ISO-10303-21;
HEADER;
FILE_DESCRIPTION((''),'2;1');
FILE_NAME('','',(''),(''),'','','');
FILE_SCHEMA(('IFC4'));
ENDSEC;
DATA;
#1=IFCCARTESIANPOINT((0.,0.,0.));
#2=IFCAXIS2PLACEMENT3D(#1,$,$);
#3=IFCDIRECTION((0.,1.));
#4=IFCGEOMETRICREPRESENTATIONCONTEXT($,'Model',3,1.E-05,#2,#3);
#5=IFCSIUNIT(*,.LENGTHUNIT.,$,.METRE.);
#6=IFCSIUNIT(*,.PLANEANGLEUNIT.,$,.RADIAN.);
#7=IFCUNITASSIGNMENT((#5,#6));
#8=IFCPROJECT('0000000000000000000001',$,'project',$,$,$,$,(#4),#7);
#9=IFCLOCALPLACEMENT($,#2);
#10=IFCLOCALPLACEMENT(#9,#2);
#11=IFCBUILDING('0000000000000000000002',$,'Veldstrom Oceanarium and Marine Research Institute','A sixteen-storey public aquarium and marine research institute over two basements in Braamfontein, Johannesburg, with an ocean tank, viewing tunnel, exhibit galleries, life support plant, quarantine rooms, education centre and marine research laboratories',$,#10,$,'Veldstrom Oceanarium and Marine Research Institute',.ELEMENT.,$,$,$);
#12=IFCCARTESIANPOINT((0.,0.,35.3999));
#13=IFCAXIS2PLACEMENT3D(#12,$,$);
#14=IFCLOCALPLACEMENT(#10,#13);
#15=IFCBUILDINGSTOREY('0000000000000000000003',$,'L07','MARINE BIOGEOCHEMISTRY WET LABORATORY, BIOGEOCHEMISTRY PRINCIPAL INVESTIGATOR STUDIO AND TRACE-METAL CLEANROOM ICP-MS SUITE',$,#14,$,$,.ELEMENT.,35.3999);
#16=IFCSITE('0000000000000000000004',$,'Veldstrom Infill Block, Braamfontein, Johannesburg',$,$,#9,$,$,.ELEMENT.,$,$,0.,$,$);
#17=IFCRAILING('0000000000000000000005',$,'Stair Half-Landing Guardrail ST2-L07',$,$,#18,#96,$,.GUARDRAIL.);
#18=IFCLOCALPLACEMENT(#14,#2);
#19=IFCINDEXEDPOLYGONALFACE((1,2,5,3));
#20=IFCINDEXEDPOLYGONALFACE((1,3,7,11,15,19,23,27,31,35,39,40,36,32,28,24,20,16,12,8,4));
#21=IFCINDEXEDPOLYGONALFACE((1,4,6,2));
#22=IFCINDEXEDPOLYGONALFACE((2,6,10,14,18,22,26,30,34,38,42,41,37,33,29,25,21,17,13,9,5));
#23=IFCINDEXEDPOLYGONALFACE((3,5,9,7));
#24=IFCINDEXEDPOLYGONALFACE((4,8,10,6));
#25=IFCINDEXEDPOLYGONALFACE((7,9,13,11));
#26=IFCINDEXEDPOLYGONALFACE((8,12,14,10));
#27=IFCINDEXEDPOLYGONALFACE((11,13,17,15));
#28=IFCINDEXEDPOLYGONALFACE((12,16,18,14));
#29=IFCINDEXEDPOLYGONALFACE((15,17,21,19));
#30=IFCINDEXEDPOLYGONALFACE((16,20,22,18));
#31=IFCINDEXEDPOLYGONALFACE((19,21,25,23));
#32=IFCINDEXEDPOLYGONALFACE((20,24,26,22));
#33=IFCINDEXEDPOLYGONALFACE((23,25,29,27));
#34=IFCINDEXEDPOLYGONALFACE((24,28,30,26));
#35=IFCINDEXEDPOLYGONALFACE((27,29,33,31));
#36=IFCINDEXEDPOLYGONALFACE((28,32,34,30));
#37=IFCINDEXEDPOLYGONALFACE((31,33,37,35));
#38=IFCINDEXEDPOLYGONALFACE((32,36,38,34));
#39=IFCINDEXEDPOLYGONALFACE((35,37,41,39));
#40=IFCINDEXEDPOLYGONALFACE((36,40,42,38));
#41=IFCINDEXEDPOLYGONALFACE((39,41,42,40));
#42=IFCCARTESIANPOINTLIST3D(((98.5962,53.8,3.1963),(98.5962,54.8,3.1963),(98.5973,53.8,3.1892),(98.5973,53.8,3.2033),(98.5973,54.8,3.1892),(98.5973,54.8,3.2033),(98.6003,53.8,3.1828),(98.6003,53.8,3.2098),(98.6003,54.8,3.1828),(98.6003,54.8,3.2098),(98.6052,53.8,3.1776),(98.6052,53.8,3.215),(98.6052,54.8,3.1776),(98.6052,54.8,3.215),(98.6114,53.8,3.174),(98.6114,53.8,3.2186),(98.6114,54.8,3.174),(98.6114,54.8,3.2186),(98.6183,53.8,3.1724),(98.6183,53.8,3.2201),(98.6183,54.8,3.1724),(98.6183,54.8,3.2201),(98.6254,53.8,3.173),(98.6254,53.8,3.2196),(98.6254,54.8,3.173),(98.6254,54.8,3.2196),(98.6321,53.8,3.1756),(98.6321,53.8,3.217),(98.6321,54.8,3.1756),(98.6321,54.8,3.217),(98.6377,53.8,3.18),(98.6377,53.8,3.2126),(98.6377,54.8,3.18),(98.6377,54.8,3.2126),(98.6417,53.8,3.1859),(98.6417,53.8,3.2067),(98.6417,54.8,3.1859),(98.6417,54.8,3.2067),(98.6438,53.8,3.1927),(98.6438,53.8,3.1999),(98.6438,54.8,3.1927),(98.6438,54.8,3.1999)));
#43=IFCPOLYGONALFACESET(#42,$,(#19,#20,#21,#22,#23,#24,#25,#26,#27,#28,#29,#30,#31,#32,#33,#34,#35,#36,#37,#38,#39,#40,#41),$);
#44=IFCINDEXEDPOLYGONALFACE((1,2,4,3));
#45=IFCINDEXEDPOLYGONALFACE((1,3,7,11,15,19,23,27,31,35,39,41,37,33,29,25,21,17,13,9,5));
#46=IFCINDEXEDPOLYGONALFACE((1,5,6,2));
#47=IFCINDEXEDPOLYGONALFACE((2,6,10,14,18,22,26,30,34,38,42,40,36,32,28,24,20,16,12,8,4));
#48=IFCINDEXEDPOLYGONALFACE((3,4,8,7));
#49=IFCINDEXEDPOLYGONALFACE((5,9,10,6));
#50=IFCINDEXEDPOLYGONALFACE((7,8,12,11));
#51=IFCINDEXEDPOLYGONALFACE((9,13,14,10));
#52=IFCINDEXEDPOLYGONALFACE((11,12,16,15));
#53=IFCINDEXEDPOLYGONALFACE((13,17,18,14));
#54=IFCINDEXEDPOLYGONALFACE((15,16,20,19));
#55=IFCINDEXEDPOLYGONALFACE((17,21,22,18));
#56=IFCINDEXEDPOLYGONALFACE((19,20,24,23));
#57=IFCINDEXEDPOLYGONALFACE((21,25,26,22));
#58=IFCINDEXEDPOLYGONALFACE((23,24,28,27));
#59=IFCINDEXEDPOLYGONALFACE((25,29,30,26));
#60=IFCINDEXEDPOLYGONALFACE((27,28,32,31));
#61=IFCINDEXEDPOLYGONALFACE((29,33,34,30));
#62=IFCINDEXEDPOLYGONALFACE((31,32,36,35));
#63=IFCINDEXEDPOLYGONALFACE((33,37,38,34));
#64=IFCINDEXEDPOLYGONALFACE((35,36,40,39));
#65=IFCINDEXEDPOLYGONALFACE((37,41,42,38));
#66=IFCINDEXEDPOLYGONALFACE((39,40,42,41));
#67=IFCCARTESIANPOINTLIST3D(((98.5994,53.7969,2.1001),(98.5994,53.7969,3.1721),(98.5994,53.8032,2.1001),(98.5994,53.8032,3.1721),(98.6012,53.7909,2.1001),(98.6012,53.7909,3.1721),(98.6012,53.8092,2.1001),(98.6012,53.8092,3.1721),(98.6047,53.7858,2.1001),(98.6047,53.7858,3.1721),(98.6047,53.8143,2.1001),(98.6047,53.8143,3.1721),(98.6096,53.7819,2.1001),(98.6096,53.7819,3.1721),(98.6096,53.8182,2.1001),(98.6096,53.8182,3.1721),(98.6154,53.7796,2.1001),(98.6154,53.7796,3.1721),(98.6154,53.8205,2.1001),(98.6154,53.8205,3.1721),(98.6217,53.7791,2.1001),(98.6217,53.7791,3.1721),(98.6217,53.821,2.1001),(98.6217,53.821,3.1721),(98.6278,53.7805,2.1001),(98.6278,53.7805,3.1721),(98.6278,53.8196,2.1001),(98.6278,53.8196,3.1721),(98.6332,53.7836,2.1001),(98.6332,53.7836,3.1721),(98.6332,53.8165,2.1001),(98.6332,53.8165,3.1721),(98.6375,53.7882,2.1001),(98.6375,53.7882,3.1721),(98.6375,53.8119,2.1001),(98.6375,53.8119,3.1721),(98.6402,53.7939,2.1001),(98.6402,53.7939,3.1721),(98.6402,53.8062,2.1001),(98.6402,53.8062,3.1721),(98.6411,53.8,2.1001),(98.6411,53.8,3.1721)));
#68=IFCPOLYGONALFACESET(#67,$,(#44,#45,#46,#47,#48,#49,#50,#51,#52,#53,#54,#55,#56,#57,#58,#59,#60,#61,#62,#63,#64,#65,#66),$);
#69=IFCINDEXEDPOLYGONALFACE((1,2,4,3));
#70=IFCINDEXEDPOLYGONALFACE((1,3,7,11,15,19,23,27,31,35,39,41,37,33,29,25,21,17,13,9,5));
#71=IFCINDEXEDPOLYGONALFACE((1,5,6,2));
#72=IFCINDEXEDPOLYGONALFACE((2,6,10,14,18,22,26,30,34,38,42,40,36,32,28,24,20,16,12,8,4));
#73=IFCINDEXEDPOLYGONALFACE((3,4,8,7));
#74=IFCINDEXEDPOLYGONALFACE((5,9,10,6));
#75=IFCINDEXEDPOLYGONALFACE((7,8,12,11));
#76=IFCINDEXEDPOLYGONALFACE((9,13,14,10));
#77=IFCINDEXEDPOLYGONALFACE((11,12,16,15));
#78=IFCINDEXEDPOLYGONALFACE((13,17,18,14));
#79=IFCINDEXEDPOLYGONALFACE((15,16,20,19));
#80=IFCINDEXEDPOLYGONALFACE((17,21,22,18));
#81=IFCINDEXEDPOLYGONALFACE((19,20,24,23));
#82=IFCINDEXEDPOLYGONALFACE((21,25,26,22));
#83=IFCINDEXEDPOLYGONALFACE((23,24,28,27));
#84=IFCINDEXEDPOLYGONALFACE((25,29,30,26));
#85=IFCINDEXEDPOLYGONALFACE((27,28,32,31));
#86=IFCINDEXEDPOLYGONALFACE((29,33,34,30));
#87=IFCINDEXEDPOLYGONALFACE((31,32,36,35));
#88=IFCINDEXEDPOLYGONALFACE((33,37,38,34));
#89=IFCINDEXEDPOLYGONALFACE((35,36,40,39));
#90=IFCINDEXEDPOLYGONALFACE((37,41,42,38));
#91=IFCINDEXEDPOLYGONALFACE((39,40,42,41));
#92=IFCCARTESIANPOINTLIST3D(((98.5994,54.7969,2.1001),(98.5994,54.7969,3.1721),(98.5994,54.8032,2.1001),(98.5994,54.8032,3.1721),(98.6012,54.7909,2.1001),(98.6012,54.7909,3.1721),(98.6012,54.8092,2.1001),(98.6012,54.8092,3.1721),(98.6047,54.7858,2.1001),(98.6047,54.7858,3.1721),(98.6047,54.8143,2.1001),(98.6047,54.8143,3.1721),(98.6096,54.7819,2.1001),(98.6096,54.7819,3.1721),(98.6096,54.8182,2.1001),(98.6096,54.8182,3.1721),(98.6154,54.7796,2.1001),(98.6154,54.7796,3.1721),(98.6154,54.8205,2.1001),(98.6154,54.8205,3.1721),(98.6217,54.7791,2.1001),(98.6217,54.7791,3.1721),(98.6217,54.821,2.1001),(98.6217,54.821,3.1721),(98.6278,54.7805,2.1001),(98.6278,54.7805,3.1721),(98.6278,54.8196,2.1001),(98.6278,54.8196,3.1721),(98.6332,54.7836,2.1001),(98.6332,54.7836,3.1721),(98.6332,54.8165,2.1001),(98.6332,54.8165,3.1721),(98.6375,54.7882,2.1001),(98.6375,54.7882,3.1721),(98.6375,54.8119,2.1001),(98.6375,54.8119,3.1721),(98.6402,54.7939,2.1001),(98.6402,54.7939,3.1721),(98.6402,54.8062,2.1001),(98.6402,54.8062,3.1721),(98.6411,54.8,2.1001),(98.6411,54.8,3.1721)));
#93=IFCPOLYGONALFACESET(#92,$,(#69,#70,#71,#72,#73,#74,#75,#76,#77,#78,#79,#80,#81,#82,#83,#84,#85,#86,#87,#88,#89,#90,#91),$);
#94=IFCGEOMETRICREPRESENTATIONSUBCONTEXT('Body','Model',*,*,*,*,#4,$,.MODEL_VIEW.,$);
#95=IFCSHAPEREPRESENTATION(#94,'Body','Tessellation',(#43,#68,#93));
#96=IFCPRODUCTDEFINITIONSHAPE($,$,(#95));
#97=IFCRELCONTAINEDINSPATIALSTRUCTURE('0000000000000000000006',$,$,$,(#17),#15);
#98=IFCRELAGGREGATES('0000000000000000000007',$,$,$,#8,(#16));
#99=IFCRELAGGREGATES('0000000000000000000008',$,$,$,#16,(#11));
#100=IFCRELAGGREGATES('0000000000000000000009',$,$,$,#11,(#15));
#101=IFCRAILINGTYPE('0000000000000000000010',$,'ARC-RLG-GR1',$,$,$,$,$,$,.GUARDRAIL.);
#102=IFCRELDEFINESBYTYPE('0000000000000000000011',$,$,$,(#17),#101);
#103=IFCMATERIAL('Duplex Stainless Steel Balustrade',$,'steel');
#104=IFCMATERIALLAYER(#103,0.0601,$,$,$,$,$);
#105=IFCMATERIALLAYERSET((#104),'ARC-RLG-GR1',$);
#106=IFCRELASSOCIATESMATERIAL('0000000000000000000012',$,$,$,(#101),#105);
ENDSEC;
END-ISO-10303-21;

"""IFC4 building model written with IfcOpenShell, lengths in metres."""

from ifc_helpers import new_model, si_unit, direction, frame, origin, origin_2d, place, context, subcontext, project, spatial, circle, extrude, material, layer, layer_set, type_object, element, save


model = new_model("IFC4")

# Units and contexts
model_context = context("Model", 3, precision=1e-05, world=origin(), true_north=direction((0.0, 1.0)))
body_context = subcontext(model_context, "Body", "Model", "MODEL_VIEW")
ifc_project = project(units=[si_unit("LENGTHUNIT", "METRE"), si_unit("PLANEANGLEUNIT", "RADIAN")], contexts=[model_context])

# Site, building, storey
site_placement = place(None, origin())
site = spatial("IfcSite", under=ifc_project, at=site_placement, Name="Veldstrom Infill Block, Braamfontein, Johannesburg", CompositionType="ELEMENT", RefElevation=0.0)
building_placement = place(site_placement, origin())
building = spatial("IfcBuilding", under=site, at=building_placement, Name="Veldstrom Oceanarium and Marine Research Institute", Description="A sixteen-storey public aquarium and marine research institute over two basements in Braamfontein, Johannesburg, with an ocean tank, viewing tunnel, exhibit galleries, life support plant, quarantine rooms, education centre and marine research laboratories", LongName="Veldstrom Oceanarium and Marine Research Institute", CompositionType="ELEMENT")
storey_placement = place(building_placement, frame((0.0, 0.0, 35.3999)))
storey = spatial("IfcBuildingStorey", under=building, at=storey_placement, Name="L07", Description="MARINE BIOGEOCHEMISTRY WET LABORATORY, BIOGEOCHEMISTRY PRINCIPAL INVESTIGATOR STUDIO AND TRACE-METAL CLEANROOM ICP-MS SUITE", CompositionType="ELEMENT", Elevation=35.3999)

# Railing
ifc_material_1 = material(Name="Duplex Stainless Steel Balustrade", Category="steel")
ifc_layer_1 = layer(ifc_material_1, 0.0601)
ifc_layer_set_1 = layer_set([ifc_layer_1], Name="ARC-RLG-GR1")
railing_type_1 = type_object("IfcRailingType", Name="ARC-RLG-GR1", PredefinedType="GUARDRAIL", material=ifc_layer_set_1)
railing_1_placement = place(storey_placement, frame((98.6201, 53.8, 2.1001)))
element("IfcRailing", 1, at=railing_1_placement, inside=storey, type_object=railing_type_1, Name="Stair Half-Landing Guardrail ST2-L07", PredefinedType="GUARDRAIL", context=body_context, shape_type="SweptSolid", body=[
    extrude(circle(Radius=0.0239, at=origin_2d()), frame((0.0, 0.0, 1.0962), z_axis=(0.0, 1.0, 0.0), x_axis=(-1.0, 0.0, 0.0)), (0.0, 0.0, 1.0), 1.0),
    extrude(circle(Radius=0.021, at=origin_2d()), origin(), (0.0, 0.0, 1.0), 1.072),
    extrude(circle(Radius=0.021, at=origin_2d()), frame((0.0, 1.0, 0.0)), (0.0, 0.0, 1.0), 1.072),
])

save(model, "model.ifc")
